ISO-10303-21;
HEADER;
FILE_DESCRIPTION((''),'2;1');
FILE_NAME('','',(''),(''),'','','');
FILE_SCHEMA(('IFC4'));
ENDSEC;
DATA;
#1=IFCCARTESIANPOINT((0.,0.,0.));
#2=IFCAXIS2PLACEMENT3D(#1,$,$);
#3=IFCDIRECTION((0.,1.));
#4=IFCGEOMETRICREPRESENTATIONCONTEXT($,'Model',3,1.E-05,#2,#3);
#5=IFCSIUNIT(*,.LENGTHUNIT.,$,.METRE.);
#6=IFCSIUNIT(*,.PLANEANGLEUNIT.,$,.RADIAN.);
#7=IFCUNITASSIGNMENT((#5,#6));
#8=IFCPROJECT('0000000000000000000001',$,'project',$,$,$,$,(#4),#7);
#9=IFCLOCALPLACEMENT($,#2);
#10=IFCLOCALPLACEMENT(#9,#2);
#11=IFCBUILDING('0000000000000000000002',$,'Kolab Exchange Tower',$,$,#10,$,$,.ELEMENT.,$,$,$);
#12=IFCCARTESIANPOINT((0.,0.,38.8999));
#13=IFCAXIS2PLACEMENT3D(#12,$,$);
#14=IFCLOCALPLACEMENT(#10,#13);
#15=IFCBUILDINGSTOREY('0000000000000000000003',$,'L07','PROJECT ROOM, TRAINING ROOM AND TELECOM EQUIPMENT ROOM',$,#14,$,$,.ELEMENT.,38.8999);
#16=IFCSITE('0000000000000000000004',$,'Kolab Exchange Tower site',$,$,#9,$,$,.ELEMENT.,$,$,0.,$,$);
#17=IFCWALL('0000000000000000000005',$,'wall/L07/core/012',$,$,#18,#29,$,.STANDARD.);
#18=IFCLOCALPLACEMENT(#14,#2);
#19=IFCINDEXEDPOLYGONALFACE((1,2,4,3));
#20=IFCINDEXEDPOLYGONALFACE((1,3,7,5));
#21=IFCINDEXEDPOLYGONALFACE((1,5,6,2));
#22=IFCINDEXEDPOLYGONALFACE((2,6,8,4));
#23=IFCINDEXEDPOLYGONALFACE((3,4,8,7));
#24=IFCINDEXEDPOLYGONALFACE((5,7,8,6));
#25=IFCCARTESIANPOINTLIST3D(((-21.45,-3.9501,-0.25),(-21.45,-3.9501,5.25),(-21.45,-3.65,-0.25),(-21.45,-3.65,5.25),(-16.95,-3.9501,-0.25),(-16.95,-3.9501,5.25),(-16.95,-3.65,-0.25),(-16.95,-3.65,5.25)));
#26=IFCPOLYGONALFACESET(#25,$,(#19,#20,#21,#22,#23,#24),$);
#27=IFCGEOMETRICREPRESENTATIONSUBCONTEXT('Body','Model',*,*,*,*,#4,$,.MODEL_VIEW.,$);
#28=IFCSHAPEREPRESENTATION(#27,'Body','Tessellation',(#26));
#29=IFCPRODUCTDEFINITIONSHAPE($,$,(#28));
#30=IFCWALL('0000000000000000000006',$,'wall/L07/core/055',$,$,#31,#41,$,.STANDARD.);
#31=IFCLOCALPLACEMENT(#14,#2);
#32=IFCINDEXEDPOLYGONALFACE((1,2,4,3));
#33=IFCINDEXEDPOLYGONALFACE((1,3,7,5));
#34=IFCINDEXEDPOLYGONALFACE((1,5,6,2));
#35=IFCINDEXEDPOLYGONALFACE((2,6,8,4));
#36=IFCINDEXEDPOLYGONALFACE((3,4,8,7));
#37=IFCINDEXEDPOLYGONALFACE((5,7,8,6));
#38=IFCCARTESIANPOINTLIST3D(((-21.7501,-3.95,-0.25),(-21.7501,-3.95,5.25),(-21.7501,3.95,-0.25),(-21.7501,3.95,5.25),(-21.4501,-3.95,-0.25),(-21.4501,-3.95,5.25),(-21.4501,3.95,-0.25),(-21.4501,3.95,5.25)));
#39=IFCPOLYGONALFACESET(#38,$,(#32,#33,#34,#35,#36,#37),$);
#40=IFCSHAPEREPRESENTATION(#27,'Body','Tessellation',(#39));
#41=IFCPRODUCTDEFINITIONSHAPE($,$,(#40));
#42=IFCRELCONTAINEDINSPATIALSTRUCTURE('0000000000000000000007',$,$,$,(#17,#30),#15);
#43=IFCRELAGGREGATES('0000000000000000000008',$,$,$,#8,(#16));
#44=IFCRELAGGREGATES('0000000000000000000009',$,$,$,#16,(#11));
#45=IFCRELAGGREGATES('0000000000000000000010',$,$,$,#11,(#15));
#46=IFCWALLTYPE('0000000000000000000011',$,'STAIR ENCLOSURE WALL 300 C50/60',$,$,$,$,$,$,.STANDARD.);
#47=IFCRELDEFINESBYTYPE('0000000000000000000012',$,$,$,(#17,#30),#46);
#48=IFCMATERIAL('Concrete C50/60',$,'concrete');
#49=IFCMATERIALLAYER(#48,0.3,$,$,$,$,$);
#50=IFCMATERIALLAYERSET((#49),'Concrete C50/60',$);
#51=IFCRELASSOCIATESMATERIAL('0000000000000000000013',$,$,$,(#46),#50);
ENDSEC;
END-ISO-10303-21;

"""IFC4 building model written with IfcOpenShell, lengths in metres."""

from ifc_helpers import new_model, si_unit, direction, frame, frame_2d, origin, place, context, subcontext, project, spatial, rectangle, extrude, material, layer, layer_set, type_object, element, save


model = new_model("IFC4")

# Units and contexts
model_context = context("Model", 3, precision=1e-05, world=origin(), true_north=direction((0.0, 1.0)))
body_context = subcontext(model_context, "Body", "Model", "MODEL_VIEW")
ifc_project = project(units=[si_unit("LENGTHUNIT", "METRE"), si_unit("PLANEANGLEUNIT", "RADIAN")], contexts=[model_context])

# Site, building, storey
site_placement = place(None, origin())
site = spatial("IfcSite", under=ifc_project, at=site_placement, Name="Kolab Exchange Tower site", CompositionType="ELEMENT", RefElevation=0.0)
building_placement = place(site_placement, origin())
building = spatial("IfcBuilding", under=site, at=building_placement, Name="Kolab Exchange Tower", CompositionType="ELEMENT")
storey_placement = place(building_placement, frame((0.0, 0.0, 38.8999)))
storey = spatial("IfcBuildingStorey", under=building, at=storey_placement, Name="L07", Description="PROJECT ROOM, TRAINING ROOM AND TELECOM EQUIPMENT ROOM", CompositionType="ELEMENT", Elevation=38.8999)

# Walls
ifc_material_1 = material(Name="Concrete C50/60", Category="concrete")
ifc_layer_1 = layer(ifc_material_1, 0.3)
ifc_layer_set_1 = layer_set([ifc_layer_1], Name="Concrete C50/60")
wall_type_1 = type_object("IfcWallType", Name="STAIR ENCLOSURE WALL 300 C50/60", PredefinedType="STANDARD", material=ifc_layer_set_1)
wall_1_placement = place(storey_placement, frame((-21.45, -3.8, -0.25), z_axis=(0.0, 0.0, 1.0), x_axis=(1.0, 0.0, 0.0)))
element("IfcWall", 1, at=wall_1_placement, inside=storey, type_object=wall_type_1, Name="wall/L07/core/012", PredefinedType="STANDARD", context=body_context, shape_type="SweptSolid", body=[
    extrude(rectangle(XDim=4.5, YDim=0.3, at=frame_2d((2.25, 0.0))), origin(), (0.0, 0.0, 1.0), 5.5),
])
wall_2_placement = place(storey_placement, frame((-21.6001, -3.95, -0.25), z_axis=(0.0, 0.0, 1.0), x_axis=(0.0, 1.0, 0.0)))
element("IfcWall", 2, at=wall_2_placement, inside=storey, type_object=wall_type_1, Name="wall/L07/core/055", PredefinedType="STANDARD", context=body_context, shape_type="SweptSolid", body=[
    extrude(rectangle(XDim=7.8999, YDim=0.3, at=frame_2d((3.95, 0.0))), origin(), (0.0, 0.0, 1.0), 5.5),
])

save(model, "model.ifc")
